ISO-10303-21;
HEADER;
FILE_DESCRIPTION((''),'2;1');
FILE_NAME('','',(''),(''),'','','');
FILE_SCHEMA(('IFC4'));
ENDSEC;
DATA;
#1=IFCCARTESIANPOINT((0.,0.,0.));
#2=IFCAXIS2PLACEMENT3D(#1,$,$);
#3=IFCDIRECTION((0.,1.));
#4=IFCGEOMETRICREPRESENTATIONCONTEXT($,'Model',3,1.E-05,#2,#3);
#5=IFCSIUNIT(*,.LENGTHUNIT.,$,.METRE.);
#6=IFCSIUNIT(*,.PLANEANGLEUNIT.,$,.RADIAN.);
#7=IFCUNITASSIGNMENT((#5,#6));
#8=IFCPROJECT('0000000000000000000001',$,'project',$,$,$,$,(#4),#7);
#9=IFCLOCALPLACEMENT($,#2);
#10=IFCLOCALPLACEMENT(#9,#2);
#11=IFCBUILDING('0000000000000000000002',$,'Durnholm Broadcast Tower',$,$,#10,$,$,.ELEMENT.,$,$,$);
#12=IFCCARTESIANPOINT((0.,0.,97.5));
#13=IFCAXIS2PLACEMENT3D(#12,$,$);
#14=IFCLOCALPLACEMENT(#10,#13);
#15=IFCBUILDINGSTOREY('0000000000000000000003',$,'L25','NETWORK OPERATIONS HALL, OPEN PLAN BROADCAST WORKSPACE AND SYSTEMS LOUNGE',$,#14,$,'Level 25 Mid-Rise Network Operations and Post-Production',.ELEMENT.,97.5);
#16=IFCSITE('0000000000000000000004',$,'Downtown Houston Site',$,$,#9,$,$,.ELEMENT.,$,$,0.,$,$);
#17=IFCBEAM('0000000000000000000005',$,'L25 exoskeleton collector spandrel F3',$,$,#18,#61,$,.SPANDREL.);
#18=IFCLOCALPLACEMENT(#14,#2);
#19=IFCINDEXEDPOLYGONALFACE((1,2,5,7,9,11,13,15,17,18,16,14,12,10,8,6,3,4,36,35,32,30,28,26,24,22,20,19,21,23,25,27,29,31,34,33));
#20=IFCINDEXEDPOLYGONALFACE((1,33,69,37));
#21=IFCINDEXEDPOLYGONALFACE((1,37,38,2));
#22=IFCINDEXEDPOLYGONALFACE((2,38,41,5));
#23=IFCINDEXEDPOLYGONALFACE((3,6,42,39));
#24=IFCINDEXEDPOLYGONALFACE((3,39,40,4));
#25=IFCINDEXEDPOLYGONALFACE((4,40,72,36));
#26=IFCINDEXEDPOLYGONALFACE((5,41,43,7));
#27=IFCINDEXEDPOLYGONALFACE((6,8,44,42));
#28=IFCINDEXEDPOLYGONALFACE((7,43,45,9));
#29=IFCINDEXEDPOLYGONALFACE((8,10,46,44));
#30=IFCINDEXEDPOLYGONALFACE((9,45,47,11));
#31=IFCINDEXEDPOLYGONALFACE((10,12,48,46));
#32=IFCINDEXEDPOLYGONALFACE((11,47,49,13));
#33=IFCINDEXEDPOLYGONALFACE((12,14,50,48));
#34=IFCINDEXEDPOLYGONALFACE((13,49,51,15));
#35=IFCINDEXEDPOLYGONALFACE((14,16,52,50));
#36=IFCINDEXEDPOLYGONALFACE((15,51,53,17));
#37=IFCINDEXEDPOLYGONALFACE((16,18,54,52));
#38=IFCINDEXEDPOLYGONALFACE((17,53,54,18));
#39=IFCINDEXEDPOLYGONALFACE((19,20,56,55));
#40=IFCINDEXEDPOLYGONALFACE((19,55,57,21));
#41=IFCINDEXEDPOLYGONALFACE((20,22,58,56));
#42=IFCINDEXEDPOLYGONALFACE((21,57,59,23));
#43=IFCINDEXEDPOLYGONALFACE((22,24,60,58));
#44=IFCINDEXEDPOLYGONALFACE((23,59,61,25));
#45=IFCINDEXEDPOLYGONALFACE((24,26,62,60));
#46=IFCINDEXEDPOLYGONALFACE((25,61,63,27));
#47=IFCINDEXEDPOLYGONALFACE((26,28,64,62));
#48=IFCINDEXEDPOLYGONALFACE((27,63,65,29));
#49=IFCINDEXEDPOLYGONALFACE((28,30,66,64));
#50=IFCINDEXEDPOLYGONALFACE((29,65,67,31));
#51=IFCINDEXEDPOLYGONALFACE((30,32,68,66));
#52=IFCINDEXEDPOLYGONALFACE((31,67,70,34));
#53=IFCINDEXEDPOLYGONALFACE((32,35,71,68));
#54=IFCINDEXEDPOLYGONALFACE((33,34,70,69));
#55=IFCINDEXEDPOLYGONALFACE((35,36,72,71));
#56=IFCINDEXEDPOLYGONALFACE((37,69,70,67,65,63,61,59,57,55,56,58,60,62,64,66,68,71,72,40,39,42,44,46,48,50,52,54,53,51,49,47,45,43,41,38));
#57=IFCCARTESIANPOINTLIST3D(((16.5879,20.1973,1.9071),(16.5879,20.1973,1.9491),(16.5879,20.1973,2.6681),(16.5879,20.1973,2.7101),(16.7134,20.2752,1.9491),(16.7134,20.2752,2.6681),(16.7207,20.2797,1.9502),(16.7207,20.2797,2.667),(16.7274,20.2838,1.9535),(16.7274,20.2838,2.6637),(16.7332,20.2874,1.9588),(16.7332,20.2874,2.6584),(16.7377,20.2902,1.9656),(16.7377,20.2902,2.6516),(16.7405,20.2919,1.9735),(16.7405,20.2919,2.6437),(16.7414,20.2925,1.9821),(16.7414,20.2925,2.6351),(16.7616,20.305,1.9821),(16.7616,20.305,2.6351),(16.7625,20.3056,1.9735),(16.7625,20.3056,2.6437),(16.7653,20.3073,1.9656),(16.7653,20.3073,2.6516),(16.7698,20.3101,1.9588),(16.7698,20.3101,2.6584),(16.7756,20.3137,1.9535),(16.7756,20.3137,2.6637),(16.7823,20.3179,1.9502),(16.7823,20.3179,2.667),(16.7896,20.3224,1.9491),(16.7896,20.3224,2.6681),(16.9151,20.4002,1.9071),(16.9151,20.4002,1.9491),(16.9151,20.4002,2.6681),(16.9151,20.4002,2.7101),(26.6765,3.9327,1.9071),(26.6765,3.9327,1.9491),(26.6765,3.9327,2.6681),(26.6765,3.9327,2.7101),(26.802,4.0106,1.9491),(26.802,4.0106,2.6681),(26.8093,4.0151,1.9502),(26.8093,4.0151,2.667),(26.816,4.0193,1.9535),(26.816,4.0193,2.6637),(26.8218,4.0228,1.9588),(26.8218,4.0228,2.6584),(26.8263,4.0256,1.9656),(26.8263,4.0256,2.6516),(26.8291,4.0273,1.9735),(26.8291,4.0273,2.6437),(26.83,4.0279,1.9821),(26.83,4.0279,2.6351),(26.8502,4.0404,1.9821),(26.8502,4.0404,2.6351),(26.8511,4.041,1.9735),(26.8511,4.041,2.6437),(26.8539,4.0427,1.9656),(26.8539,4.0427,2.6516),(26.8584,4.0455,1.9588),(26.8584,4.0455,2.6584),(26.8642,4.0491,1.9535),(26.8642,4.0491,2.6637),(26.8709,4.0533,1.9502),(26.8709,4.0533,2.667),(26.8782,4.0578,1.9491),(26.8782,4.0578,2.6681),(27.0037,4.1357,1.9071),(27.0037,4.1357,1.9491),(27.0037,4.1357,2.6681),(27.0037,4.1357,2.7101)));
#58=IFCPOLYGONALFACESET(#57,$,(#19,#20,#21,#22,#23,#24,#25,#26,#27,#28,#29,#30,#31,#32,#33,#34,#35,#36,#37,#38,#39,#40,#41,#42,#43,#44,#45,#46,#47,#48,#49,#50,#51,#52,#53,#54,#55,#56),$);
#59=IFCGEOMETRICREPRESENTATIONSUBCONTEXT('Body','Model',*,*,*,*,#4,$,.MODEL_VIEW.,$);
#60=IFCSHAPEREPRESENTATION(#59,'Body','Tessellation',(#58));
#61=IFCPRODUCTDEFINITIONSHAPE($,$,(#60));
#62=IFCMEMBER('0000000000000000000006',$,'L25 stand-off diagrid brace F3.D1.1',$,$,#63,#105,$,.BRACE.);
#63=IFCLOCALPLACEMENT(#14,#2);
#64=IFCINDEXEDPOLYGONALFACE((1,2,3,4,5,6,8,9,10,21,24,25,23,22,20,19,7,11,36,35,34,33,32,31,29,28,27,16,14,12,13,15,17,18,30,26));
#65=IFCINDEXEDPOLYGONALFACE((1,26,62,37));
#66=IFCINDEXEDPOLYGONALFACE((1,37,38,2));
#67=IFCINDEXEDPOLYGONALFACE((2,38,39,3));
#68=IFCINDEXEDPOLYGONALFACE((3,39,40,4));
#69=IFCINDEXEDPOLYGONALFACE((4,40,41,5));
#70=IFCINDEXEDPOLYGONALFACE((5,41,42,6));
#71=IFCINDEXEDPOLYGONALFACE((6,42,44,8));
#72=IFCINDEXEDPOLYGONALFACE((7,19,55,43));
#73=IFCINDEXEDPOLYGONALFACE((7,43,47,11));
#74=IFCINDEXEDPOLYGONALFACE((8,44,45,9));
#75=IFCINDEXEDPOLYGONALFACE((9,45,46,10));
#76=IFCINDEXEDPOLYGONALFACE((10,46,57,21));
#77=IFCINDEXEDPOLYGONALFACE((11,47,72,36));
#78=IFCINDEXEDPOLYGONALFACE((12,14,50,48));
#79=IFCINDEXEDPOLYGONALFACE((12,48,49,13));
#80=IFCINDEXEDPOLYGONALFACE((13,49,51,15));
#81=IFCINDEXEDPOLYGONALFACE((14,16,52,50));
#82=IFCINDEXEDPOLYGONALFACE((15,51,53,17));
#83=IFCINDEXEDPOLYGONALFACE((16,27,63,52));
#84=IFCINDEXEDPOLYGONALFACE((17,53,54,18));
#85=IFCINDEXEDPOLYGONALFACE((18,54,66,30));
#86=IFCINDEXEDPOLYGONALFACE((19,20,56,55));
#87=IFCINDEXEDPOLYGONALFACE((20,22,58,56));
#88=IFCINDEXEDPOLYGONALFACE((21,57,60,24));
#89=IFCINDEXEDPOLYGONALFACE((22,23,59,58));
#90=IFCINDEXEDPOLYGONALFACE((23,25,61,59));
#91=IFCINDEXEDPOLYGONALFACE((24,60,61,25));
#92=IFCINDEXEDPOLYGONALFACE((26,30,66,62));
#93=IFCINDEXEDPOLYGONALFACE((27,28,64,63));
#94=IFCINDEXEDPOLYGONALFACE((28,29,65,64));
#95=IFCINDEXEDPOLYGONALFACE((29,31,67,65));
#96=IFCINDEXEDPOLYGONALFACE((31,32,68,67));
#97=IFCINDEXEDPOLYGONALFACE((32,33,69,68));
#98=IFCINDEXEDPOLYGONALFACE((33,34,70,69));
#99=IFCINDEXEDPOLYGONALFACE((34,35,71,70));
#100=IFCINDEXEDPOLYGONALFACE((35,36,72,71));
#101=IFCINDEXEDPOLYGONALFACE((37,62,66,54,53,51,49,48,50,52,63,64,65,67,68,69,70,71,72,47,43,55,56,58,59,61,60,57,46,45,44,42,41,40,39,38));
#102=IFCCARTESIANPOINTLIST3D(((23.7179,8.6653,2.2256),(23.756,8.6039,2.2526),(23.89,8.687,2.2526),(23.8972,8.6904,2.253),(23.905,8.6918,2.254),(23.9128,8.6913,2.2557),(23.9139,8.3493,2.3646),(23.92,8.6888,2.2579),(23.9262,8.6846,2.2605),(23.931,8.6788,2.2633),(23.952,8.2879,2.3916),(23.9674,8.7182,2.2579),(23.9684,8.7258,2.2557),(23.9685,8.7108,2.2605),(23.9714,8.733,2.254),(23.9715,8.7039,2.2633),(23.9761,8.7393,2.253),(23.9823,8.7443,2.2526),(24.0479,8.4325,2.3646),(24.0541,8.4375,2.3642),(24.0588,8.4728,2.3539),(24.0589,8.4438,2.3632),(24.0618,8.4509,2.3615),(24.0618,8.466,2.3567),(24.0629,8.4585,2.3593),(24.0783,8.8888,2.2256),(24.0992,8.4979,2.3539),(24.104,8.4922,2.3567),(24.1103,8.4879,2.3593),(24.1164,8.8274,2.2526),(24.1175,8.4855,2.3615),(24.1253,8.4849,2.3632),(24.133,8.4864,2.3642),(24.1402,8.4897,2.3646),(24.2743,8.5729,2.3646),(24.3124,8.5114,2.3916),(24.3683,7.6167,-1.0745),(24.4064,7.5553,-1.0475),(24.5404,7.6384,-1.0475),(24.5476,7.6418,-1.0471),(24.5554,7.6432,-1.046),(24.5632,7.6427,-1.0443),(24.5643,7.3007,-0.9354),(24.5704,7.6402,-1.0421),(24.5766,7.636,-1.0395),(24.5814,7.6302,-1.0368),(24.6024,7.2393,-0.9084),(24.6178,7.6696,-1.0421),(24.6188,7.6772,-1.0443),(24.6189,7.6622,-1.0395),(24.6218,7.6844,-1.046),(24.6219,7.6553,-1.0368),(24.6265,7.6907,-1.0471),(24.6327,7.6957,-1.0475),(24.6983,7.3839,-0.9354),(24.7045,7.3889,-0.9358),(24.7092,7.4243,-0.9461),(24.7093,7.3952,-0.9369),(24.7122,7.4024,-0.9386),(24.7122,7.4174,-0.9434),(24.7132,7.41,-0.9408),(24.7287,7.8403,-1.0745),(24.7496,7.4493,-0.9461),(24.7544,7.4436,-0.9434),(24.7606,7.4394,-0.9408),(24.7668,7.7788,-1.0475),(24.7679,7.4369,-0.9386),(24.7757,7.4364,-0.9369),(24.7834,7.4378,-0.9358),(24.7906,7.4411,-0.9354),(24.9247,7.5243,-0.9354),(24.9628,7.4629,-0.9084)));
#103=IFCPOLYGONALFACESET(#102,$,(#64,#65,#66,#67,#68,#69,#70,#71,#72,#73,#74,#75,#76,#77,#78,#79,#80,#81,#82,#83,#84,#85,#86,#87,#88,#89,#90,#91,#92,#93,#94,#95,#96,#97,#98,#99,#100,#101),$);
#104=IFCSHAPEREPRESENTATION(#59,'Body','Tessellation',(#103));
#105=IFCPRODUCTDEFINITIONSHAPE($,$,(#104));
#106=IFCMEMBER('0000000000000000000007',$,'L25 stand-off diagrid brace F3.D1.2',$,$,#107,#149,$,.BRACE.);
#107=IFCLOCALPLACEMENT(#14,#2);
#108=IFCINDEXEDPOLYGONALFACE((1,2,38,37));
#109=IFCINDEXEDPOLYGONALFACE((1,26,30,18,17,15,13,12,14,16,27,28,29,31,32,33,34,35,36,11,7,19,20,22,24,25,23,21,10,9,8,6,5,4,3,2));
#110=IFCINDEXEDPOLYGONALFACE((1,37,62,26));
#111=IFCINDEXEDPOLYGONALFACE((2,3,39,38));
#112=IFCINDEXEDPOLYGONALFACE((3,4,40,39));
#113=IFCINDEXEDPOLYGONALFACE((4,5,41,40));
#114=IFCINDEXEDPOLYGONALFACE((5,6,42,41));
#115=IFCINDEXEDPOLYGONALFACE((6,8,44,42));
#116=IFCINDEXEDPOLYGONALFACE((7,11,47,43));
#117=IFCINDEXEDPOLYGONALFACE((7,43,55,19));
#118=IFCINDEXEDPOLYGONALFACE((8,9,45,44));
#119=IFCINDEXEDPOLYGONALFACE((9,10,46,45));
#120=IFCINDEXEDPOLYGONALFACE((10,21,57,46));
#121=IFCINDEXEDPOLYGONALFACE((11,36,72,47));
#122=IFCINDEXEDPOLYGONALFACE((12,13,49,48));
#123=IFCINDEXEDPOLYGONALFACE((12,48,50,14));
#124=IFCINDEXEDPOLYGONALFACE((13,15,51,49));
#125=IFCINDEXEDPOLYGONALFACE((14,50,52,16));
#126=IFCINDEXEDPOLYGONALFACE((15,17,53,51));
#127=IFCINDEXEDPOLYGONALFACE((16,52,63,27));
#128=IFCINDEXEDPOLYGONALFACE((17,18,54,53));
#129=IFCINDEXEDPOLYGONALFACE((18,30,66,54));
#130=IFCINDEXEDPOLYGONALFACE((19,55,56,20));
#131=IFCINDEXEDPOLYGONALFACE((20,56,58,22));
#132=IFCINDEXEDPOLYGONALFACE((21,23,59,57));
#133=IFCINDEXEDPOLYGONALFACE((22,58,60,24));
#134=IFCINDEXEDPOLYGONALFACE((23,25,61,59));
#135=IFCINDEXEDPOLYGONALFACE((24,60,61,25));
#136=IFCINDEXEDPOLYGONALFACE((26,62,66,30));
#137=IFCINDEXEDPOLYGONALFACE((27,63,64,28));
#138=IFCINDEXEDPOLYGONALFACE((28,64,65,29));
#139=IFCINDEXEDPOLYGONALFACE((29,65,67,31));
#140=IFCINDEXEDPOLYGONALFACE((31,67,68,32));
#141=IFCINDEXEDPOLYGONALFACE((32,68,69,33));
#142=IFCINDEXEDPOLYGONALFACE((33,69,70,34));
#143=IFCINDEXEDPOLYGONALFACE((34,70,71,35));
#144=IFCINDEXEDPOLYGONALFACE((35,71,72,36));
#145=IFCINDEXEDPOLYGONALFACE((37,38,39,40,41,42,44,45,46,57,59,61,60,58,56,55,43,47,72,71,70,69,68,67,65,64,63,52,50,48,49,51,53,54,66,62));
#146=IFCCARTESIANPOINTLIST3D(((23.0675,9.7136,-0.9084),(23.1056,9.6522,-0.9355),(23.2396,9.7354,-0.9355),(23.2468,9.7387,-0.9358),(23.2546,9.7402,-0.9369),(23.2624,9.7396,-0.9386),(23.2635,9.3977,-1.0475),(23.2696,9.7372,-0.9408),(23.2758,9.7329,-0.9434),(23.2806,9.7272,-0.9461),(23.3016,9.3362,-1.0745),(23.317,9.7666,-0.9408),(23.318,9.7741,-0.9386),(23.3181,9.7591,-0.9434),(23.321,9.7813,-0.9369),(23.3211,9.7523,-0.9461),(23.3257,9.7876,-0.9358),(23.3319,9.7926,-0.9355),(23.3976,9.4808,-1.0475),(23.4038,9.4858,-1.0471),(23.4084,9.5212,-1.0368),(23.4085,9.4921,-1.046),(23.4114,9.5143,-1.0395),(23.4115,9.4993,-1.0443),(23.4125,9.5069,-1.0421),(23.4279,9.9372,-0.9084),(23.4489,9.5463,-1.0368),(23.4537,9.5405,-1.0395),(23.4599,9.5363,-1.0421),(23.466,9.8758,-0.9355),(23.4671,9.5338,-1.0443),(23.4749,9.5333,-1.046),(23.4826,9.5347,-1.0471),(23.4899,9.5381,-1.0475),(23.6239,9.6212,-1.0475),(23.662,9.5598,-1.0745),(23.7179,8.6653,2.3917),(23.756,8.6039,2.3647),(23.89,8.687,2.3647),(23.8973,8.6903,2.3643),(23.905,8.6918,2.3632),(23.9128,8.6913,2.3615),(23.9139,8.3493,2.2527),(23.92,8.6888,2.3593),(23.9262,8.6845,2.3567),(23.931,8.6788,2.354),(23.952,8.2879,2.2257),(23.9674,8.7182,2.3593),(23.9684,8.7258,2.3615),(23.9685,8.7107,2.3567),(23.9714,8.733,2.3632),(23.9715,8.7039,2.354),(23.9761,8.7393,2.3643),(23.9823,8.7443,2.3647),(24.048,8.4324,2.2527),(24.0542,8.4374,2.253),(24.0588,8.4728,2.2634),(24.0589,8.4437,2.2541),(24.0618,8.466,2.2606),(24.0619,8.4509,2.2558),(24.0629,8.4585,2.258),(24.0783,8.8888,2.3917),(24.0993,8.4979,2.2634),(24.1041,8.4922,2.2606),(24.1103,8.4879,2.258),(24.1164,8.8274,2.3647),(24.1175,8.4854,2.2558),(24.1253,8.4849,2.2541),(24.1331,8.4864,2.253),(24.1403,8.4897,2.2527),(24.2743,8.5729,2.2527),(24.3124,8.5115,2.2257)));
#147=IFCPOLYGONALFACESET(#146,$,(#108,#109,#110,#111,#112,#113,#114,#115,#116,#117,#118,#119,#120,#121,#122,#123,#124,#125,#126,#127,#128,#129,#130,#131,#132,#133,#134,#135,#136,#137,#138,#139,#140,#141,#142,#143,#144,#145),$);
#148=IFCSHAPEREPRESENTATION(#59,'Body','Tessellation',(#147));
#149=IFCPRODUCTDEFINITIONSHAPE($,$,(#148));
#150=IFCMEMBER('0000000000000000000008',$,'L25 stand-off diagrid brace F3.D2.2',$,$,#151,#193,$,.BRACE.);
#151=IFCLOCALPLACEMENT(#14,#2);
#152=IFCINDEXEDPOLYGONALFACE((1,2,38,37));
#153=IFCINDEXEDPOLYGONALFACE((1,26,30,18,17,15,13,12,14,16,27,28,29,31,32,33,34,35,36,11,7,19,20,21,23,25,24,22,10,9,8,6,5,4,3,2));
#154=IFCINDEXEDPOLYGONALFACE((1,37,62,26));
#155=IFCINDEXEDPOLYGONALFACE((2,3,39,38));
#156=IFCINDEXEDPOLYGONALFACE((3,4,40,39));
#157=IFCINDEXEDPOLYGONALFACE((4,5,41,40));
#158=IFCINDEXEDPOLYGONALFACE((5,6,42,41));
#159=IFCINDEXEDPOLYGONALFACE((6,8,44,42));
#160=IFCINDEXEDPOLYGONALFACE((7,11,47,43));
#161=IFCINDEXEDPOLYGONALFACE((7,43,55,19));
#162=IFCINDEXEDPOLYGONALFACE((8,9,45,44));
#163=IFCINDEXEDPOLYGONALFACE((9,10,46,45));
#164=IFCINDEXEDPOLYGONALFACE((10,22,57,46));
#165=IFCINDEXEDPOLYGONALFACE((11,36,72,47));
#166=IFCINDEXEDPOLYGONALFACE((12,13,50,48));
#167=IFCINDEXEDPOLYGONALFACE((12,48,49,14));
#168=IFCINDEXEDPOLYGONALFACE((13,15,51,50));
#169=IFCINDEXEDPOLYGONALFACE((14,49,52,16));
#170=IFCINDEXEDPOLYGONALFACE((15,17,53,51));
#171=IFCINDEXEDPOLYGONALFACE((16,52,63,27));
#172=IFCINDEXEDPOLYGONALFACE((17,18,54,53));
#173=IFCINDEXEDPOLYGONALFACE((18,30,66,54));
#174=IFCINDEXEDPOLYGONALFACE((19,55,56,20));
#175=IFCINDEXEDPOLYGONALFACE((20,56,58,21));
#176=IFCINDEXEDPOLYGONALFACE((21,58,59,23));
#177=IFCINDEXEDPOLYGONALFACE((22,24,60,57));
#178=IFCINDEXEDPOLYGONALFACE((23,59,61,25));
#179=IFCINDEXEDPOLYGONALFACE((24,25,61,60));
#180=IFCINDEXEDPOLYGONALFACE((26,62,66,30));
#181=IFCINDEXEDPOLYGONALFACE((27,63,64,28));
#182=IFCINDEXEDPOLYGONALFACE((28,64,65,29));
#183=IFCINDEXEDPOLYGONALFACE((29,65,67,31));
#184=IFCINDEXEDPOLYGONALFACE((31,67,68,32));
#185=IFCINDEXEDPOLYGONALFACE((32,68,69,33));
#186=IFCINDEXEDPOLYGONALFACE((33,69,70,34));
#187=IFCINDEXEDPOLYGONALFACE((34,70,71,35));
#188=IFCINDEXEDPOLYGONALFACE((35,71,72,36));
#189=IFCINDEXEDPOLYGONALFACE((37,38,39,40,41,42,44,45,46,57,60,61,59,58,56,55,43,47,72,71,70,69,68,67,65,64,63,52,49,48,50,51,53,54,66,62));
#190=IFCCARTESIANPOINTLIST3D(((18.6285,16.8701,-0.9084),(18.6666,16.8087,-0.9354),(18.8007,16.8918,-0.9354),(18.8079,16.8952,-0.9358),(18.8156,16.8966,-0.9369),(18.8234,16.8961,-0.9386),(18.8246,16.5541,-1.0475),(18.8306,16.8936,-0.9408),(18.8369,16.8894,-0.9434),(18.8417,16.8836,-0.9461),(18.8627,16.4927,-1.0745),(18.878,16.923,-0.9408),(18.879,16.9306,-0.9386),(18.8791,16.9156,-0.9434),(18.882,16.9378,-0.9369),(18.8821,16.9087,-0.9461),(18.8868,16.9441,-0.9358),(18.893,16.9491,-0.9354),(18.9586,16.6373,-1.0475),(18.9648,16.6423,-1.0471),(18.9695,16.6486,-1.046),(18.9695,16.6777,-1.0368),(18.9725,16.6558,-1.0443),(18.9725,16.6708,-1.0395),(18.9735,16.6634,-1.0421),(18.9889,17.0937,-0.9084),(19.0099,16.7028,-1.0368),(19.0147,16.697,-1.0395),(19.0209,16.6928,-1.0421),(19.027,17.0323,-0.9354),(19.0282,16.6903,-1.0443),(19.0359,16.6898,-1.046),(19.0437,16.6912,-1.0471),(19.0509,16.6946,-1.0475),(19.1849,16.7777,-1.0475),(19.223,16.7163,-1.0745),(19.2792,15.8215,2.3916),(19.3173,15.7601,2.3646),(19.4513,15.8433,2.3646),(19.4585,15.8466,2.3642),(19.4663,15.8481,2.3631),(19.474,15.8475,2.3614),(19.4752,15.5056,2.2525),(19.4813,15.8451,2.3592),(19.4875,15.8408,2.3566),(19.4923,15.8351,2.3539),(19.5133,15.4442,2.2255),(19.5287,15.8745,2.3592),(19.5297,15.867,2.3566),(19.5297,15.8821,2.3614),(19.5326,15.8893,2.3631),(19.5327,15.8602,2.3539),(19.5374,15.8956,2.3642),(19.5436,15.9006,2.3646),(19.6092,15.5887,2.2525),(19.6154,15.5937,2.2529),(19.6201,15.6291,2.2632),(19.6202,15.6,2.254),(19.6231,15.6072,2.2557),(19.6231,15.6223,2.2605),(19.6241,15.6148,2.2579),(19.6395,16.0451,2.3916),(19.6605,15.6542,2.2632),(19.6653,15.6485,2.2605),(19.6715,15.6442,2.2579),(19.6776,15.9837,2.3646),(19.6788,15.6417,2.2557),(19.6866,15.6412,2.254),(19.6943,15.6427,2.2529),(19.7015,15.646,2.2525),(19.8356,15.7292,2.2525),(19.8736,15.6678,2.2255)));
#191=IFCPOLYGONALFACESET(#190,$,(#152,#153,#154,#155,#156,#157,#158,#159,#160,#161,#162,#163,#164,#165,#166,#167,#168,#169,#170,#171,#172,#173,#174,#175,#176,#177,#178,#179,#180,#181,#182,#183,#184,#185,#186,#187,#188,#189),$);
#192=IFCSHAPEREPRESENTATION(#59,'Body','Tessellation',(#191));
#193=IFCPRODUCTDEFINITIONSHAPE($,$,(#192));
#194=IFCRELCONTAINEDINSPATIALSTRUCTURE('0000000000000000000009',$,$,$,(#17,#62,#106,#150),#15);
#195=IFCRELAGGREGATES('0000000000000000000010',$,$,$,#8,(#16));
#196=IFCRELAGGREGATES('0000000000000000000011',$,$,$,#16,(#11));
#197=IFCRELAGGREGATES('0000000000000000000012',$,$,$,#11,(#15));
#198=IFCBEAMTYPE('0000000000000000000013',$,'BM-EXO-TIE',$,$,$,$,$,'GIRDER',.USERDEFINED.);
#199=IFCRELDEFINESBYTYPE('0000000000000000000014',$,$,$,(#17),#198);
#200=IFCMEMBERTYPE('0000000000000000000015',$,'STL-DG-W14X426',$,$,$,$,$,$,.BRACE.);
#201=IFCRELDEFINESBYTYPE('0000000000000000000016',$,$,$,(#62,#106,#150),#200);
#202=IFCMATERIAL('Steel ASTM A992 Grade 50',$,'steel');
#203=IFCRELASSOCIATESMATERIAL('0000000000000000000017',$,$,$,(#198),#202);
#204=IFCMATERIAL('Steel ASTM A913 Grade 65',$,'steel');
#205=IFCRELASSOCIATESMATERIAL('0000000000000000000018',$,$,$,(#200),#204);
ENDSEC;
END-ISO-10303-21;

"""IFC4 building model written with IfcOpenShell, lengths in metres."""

from ifc_helpers import new_model, si_unit, direction, frame, origin, origin_2d, place, context, subcontext, project, spatial, i_section, extrude, source, transform, mapped, material, material_profile, profile_set, type_object, element, save


model = new_model("IFC4")

# Units and contexts
model_context = context("Model", 3, precision=1e-05, world=origin(), true_north=direction((0.0, 1.0)))
body_context = subcontext(model_context, "Body", "Model", "MODEL_VIEW")
ifc_project = project(units=[si_unit("LENGTHUNIT", "METRE"), si_unit("PLANEANGLEUNIT", "RADIAN")], contexts=[model_context])

# Site, building, storey
site_placement = place(None, origin())
site = spatial("IfcSite", under=ifc_project, at=site_placement, Name="Downtown Houston Site", CompositionType="ELEMENT", RefElevation=0.0)
building_placement = place(site_placement, origin())
building = spatial("IfcBuilding", under=site, at=building_placement, Name="Durnholm Broadcast Tower", CompositionType="ELEMENT")
storey_placement = place(building_placement, frame((0.0, 0.0, 97.5)))
storey = spatial("IfcBuildingStorey", under=building, at=storey_placement, Name="L25", Description="NETWORK OPERATIONS HALL, OPEN PLAN BROADCAST WORKSPACE AND SYSTEMS LOUNGE", LongName="Level 25 Mid-Rise Network Operations and Post-Production", CompositionType="ELEMENT", Elevation=97.5)

# Beam
ifc_material_1 = material(Name="Steel ASTM A992 Grade 50", Category="steel")
ifc_material_profile_1 = material_profile(ifc_material_1, i_section(OverallWidth=0.385, OverallDepth=0.803, WebThickness=0.0237, FlangeThickness=0.042, FilletRadius=0.033, at=origin_2d()), Name="W30X261")
ifc_profile_set_1 = profile_set([ifc_material_profile_1], Name="Steel ASTM A992 Grade 50")
beam_type_1 = type_object("IfcBeamType", Name="BM-EXO-TIE", ElementType="GIRDER", PredefinedType="USERDEFINED", material=ifc_profile_set_1)
shared_shape_1 = source(origin(), body_context, "Body", "SweptSolid", [
    extrude(i_section(OverallWidth=0.385, OverallDepth=0.803, WebThickness=0.0237, FlangeThickness=0.042, FilletRadius=0.033, at=origin_2d()), origin(), (0.0, 0.0, 1.0), 19.1394),
])
beam_1_placement = place(storey_placement, frame((26.8401, 4.0342, 2.3086), z_axis=(-0.527111, 0.849796, 0.0), x_axis=(-0.849796, -0.527111, 0.0)))
element("IfcBeam", 1, at=beam_1_placement, inside=storey, type_object=beam_type_1, Name="L25 exoskeleton collector spandrel F3", PredefinedType="SPANDREL", context=body_context, shape_type="MappedRepresentation", body=[
    mapped(shared_shape_1, transform((0.0, 0.0, 0.0), x_axis=(1.0, 0.0, 0.0), y_axis=(0.0, 1.0, 0.0), z_axis=(0.0, 0.0, 1.0), scale=1.0)),
])

# Members
ifc_material_2 = material(Name="Steel ASTM A913 Grade 65", Category="steel")
ifc_material_profile_2 = material_profile(ifc_material_2, i_section(OverallWidth=0.4241, OverallDepth=0.4741, WebThickness=0.0476, FlangeThickness=0.0771, FilletRadius=0.0305, at=origin_2d()), Name="W14X426")
ifc_profile_set_2 = profile_set([ifc_material_profile_2], Name="Steel ASTM A913 Grade 65")
member_type_1 = type_object("IfcMemberType", Name="STL-DG-W14X426", PredefinedType="BRACE", material=ifc_profile_set_2)
shared_shape_2 = source(origin(), body_context, "Body", "SweptSolid", [
    extrude(i_section(OverallWidth=0.4241, OverallDepth=0.4741, WebThickness=0.0476, FlangeThickness=0.0771, FilletRadius=0.0305, at=origin_2d()), origin(), (0.0, 0.0, 1.0), 3.5232),
])
for number, where, z_axis, x_axis, name in (
    (2, (24.6655, 7.5398, -0.9915), (-0.184603, 0.297624, 0.936665), (-0.849805, -0.527097, 0.0), "L25 stand-off diagrid brace F3.D1.1"),
    (3, (23.3647, 9.6367, -0.9915), (0.184607, -0.29756, 0.936685), (0.84975, 0.527186, 0.0), "L25 stand-off diagrid brace F3.D1.2"),
    (4, (18.9258, 16.7932, -0.9915), (0.18467, -0.29762, 0.936653), (0.849717, 0.52724, 0.0), "L25 stand-off diagrid brace F3.D2.2"),
):
    element("IfcMember", number, at=place(storey_placement, frame(where, z_axis=z_axis, x_axis=x_axis)), inside=storey, type_object=member_type_1, Name=name, PredefinedType="BRACE", context=body_context, shape_type="MappedRepresentation", body=[
        mapped(shared_shape_2, transform((0.0, 0.0, 0.0), x_axis=(1.0, 0.0, 0.0), y_axis=(0.0, 1.0, 0.0), z_axis=(0.0, 0.0, 1.0), scale=1.0)),
    ])

save(model, "model.ifc")
